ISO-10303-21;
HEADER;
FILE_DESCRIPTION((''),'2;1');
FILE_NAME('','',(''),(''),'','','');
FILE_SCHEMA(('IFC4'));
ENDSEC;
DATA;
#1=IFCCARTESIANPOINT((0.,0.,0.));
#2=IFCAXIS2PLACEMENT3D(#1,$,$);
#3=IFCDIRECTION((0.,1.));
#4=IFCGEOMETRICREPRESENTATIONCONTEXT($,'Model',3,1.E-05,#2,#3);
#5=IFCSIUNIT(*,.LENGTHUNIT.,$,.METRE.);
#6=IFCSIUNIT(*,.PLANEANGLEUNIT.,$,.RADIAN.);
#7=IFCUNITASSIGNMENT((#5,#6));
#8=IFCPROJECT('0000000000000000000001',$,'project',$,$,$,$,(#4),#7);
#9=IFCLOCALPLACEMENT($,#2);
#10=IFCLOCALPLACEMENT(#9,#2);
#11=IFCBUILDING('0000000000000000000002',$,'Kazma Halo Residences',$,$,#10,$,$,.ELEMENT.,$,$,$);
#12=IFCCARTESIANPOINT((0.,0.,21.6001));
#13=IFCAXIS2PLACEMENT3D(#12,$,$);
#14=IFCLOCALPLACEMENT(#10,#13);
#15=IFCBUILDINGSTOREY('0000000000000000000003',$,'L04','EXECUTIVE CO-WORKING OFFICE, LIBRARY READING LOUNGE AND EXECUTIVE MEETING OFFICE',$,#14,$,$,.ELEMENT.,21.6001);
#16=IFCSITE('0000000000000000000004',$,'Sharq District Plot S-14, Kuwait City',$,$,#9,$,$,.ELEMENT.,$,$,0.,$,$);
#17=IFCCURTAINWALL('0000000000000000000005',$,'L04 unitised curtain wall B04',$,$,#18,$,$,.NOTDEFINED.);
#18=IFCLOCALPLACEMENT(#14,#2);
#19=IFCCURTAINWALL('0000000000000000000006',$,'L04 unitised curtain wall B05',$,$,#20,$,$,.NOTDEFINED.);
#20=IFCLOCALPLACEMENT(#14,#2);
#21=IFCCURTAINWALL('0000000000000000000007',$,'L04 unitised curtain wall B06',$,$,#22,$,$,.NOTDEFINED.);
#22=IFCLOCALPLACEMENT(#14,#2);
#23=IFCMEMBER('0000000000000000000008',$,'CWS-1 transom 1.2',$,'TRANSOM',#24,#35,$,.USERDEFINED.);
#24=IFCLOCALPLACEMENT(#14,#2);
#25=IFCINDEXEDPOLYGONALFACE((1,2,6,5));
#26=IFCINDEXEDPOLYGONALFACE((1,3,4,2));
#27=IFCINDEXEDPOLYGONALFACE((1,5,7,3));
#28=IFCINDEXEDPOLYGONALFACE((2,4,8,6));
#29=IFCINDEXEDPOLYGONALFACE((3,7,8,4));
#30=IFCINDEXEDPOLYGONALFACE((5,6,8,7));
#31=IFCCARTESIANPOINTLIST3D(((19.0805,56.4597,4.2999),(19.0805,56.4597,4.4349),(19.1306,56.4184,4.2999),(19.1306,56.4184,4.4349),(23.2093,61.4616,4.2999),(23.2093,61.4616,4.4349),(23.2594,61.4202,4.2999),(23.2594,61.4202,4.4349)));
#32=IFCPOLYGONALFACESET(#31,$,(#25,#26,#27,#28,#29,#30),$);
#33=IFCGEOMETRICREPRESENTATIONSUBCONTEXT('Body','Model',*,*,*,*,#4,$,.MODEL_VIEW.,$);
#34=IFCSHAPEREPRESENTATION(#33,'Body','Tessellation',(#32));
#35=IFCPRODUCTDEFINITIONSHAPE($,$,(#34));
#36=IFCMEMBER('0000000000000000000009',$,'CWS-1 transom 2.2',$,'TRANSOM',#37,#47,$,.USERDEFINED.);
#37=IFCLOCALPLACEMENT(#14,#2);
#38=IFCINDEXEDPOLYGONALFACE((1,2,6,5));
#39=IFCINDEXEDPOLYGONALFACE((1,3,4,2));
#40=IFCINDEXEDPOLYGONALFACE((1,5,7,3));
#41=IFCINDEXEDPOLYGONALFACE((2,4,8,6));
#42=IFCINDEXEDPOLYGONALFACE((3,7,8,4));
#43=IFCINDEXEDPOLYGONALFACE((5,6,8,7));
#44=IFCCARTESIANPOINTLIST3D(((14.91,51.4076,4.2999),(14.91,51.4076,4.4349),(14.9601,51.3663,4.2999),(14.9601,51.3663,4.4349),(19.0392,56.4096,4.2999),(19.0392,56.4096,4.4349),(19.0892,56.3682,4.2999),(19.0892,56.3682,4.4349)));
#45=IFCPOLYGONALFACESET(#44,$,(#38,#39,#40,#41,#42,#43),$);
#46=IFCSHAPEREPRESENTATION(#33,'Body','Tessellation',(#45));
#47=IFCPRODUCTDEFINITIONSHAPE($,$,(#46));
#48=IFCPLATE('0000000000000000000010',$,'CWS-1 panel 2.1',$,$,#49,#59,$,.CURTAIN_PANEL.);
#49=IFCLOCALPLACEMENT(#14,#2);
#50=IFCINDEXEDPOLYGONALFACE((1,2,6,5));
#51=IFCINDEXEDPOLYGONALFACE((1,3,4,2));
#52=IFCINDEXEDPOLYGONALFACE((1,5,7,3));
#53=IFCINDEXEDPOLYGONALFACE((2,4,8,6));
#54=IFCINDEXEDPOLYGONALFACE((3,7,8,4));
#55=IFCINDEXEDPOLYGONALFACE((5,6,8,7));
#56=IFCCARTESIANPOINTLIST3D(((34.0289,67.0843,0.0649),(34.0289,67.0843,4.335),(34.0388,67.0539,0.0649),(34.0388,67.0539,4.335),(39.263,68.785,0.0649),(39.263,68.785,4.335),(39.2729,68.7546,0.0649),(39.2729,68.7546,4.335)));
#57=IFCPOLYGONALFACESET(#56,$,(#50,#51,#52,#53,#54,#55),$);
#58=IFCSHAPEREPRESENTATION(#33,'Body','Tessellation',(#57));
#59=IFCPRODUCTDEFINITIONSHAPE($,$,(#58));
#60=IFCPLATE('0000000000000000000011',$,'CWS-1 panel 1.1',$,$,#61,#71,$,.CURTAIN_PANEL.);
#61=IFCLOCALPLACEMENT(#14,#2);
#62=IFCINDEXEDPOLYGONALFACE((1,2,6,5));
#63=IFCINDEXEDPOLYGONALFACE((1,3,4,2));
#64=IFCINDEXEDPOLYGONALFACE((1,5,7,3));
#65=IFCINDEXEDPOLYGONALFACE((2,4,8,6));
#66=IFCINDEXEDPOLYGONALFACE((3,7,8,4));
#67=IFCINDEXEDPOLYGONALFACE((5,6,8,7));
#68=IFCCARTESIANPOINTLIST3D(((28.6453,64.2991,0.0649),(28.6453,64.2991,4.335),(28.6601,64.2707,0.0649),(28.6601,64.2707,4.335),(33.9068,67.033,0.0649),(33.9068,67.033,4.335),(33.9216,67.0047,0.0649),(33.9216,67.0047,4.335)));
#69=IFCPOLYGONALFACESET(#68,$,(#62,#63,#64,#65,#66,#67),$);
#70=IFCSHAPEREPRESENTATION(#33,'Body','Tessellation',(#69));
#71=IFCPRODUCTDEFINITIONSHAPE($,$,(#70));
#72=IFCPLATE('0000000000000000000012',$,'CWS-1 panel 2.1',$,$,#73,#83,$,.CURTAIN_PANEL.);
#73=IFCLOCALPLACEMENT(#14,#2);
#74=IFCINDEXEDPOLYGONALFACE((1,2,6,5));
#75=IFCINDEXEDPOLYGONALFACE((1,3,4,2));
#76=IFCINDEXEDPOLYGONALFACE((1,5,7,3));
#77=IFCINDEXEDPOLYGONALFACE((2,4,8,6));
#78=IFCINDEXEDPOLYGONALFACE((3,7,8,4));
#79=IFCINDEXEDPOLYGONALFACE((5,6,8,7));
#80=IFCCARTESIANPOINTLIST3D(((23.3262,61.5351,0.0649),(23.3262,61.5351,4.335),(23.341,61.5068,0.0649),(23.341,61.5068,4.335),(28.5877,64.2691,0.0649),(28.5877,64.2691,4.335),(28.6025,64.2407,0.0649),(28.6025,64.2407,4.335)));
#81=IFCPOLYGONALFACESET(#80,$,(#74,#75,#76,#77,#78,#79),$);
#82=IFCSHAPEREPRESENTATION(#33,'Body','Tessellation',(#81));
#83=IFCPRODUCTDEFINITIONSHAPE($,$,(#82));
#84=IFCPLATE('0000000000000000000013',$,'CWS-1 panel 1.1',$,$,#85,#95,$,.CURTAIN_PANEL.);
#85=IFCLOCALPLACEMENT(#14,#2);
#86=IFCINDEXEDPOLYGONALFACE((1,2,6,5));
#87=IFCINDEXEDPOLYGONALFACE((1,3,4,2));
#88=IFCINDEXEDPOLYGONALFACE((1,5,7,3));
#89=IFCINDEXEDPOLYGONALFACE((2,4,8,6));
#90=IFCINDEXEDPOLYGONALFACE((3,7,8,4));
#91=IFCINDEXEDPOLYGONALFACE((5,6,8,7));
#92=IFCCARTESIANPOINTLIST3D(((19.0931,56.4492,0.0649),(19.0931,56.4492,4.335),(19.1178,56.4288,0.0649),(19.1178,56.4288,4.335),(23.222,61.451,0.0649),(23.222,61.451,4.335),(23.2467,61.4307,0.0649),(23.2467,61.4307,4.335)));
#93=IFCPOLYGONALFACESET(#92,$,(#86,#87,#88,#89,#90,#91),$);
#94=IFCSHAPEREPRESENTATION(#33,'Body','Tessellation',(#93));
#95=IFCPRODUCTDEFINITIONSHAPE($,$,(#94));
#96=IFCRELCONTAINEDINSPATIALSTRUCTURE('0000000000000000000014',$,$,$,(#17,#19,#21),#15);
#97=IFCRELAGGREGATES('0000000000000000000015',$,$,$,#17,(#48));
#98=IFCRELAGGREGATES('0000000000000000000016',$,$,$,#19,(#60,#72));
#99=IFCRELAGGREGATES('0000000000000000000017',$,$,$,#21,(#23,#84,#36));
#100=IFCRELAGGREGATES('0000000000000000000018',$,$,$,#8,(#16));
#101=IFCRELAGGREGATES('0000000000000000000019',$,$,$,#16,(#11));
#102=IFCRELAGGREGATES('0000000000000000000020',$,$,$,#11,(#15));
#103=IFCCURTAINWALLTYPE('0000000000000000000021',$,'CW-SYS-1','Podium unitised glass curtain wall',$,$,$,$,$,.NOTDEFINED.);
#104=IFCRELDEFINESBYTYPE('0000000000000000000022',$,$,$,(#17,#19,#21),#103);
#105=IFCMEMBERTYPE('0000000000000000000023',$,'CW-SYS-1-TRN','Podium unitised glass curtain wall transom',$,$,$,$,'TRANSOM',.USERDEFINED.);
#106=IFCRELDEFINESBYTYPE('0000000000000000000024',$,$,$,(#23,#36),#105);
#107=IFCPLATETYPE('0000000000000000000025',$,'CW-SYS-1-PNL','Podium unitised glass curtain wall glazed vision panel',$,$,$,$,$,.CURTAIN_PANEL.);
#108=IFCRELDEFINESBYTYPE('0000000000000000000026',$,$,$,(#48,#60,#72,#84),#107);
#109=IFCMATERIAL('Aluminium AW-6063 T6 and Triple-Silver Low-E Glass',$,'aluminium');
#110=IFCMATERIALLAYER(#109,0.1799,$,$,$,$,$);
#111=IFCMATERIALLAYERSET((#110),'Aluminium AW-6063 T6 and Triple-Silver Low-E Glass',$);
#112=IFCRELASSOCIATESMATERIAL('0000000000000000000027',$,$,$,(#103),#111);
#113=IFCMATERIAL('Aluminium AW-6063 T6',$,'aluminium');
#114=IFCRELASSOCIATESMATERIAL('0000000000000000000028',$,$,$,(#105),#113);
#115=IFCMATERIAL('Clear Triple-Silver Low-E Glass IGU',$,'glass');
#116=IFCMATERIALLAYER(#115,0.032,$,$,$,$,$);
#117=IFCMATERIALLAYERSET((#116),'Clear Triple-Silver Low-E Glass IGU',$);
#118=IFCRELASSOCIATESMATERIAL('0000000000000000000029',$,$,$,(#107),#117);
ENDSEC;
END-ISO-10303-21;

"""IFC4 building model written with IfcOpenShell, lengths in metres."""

from ifc_helpers import new_model, si_unit, direction, frame, origin, origin_2d, place, context, subcontext, project, spatial, rectangle, extrude, material, layer, layer_set, material_profile, profile_set, type_object, element, aggregate, save


model = new_model("IFC4")

# Units and contexts
model_context = context("Model", 3, precision=1e-05, world=origin(), true_north=direction((0.0, 1.0)))
body_context = subcontext(model_context, "Body", "Model", "MODEL_VIEW")
ifc_project = project(units=[si_unit("LENGTHUNIT", "METRE"), si_unit("PLANEANGLEUNIT", "RADIAN")], contexts=[model_context])

# Site, building, storey
site_placement = place(None, origin())
site = spatial("IfcSite", under=ifc_project, at=site_placement, Name="Sharq District Plot S-14, Kuwait City", CompositionType="ELEMENT", RefElevation=0.0)
building_placement = place(site_placement, origin())
building = spatial("IfcBuilding", under=site, at=building_placement, Name="Kazma Halo Residences", CompositionType="ELEMENT")
storey_placement = place(building_placement, frame((0.0, 0.0, 21.6001)))
storey = spatial("IfcBuildingStorey", under=building, at=storey_placement, Name="L04", Description="EXECUTIVE CO-WORKING OFFICE, LIBRARY READING LOUNGE AND EXECUTIVE MEETING OFFICE", CompositionType="ELEMENT", Elevation=21.6001)

# Curtain wall
ifc_material_1 = material(Name="Aluminium AW-6063 T6 and Triple-Silver Low-E Glass", Category="aluminium")
ifc_layer_1 = layer(ifc_material_1, 0.1799)
ifc_layer_set_1 = layer_set([ifc_layer_1], Name="Aluminium AW-6063 T6 and Triple-Silver Low-E Glass")
curtain_wall_type = type_object("IfcCurtainWallType", Name="CW-SYS-1", Description="Podium unitised glass curtain wall", PredefinedType="NOTDEFINED", material=ifc_layer_set_1)
curtain_wall_1_placement = place(storey_placement, origin())
curtain_wall_1 = element("IfcCurtainWall", 1, at=curtain_wall_1_placement, inside=storey, type_object=curtain_wall_type, Name="L04 unitised curtain wall B04", PredefinedType="NOTDEFINED")
ifc_material_2 = material(Name="Aluminium AW-6063 T6", Category="aluminium")

# Curtain walls
curtain_wall_2_placement = place(storey_placement, origin())
curtain_wall_2 = element("IfcCurtainWall", 2, at=curtain_wall_2_placement, inside=storey, type_object=curtain_wall_type, Name="L04 unitised curtain wall B05", PredefinedType="NOTDEFINED")
curtain_wall_3_placement = place(storey_placement, origin())
curtain_wall_3 = element("IfcCurtainWall", 3, at=curtain_wall_3_placement, inside=storey, type_object=curtain_wall_type, Name="L04 unitised curtain wall B06", PredefinedType="NOTDEFINED")

# Members
ifc_material_profile_1 = material_profile(ifc_material_2, rectangle(XDim=0.0649, YDim=0.135, at=origin_2d()), Name="CWT-65x135")
ifc_profile_set_1 = profile_set([ifc_material_profile_1], Name="Aluminium AW-6063 T6")
member_type_1 = type_object("IfcMemberType", Name="CW-SYS-1-TRN", Description="Podium unitised glass curtain wall transom", ElementType="TRANSOM", PredefinedType="USERDEFINED", material=ifc_profile_set_1)
member_1_placement = place(storey_placement, frame((23.2344, 61.4409, 4.3674), z_axis=(-0.636593, -0.7712, 0.0), x_axis=(0.7712, -0.636593, 0.0)))
member_1 = element("IfcMember", 4, at=member_1_placement, type_object=member_type_1, Name="CWS-1 transom 1.2", ObjectType="TRANSOM", PredefinedType="USERDEFINED", context=body_context, shape_type="SweptSolid", body=[
    extrude(rectangle(XDim=0.0649, YDim=0.135, at=origin_2d()), origin(), (0.0, 0.0, 1.0), 6.4858),
])
member_2_placement = place(storey_placement, frame((19.0642, 56.3889, 4.3674), z_axis=(-0.636616, -0.771181, 0.0), x_axis=(0.771181, -0.636616, 0.0)))
member_2 = element("IfcMember", 5, at=member_2_placement, type_object=member_type_1, Name="CWS-1 transom 2.2", ObjectType="TRANSOM", PredefinedType="USERDEFINED", context=body_context, shape_type="SweptSolid", body=[
    extrude(rectangle(XDim=0.0649, YDim=0.135, at=origin_2d()), origin(), (0.0, 0.0, 1.0), 6.4861),
])

# Plates
ifc_material_3 = material(Name="Clear Triple-Silver Low-E Glass IGU", Category="glass")
ifc_layer_2 = layer(ifc_material_3, 0.032)
ifc_layer_set_2 = layer_set([ifc_layer_2], Name="Clear Triple-Silver Low-E Glass IGU")
plate_type = type_object("IfcPlateType", Name="CW-SYS-1-PNL", Description="Podium unitised glass curtain wall glazed vision panel", PredefinedType="CURTAIN_PANEL", material=ifc_layer_set_2)
plate_1_placement = place(storey_placement, frame((36.6509, 67.9194, 0.0649), z_axis=(0.0, 0.0, 1.0), x_axis=(-0.951056, -0.309017, 0.0)))
plate_1 = element("IfcPlate", 6, at=plate_1_placement, type_object=plate_type, Name="CWS-1 panel 2.1", PredefinedType="CURTAIN_PANEL", context=body_context, shape_type="SweptSolid", body=[
    extrude(rectangle(XDim=5.5034, YDim=0.032, at=origin_2d()), origin(), (0.0, 0.0, 1.0), 4.27),
])
aggregate(curtain_wall_1, [plate_1])
plate_2_placement = place(storey_placement, frame((31.2834, 65.6519, 0.0649), z_axis=(0.0, 0.0, 1.0), x_axis=(-0.887355, -0.461087, 0.0)))
plate_2 = element("IfcPlate", 7, at=plate_2_placement, type_object=plate_type, Name="CWS-1 panel 1.1", PredefinedType="CURTAIN_PANEL", context=body_context, shape_type="SweptSolid", body=[
    extrude(rectangle(XDim=5.9294, YDim=0.032, at=origin_2d()), origin(), (0.0, 0.0, 1.0), 4.27),
])
plate_3_placement = place(storey_placement, frame((25.9644, 62.8879, 0.0649), z_axis=(0.0, 0.0, 1.0), x_axis=(-0.887355, -0.461087, 0.0)))
plate_3 = element("IfcPlate", 8, at=plate_3_placement, type_object=plate_type, Name="CWS-1 panel 2.1", PredefinedType="CURTAIN_PANEL", context=body_context, shape_type="SweptSolid", body=[
    extrude(rectangle(XDim=5.9294, YDim=0.032, at=origin_2d()), origin(), (0.0, 0.0, 1.0), 4.27),
])
aggregate(curtain_wall_2, [plate_2, plate_3])
plate_4_placement = place(storey_placement, frame((21.1699, 58.9399, 0.0649), z_axis=(0.0, 0.0, 1.0), x_axis=(-0.636603, -0.771192, 0.0)))
plate_4 = element("IfcPlate", 9, at=plate_4_placement, type_object=plate_type, Name="CWS-1 panel 1.1", PredefinedType="CURTAIN_PANEL", context=body_context, shape_type="SweptSolid", body=[
    extrude(rectangle(XDim=6.4858, YDim=0.032, at=origin_2d()), origin(), (0.0, 0.0, 1.0), 4.27),
])
aggregate(curtain_wall_3, [member_1, plate_4, member_2])

save(model, "model.ifc")
